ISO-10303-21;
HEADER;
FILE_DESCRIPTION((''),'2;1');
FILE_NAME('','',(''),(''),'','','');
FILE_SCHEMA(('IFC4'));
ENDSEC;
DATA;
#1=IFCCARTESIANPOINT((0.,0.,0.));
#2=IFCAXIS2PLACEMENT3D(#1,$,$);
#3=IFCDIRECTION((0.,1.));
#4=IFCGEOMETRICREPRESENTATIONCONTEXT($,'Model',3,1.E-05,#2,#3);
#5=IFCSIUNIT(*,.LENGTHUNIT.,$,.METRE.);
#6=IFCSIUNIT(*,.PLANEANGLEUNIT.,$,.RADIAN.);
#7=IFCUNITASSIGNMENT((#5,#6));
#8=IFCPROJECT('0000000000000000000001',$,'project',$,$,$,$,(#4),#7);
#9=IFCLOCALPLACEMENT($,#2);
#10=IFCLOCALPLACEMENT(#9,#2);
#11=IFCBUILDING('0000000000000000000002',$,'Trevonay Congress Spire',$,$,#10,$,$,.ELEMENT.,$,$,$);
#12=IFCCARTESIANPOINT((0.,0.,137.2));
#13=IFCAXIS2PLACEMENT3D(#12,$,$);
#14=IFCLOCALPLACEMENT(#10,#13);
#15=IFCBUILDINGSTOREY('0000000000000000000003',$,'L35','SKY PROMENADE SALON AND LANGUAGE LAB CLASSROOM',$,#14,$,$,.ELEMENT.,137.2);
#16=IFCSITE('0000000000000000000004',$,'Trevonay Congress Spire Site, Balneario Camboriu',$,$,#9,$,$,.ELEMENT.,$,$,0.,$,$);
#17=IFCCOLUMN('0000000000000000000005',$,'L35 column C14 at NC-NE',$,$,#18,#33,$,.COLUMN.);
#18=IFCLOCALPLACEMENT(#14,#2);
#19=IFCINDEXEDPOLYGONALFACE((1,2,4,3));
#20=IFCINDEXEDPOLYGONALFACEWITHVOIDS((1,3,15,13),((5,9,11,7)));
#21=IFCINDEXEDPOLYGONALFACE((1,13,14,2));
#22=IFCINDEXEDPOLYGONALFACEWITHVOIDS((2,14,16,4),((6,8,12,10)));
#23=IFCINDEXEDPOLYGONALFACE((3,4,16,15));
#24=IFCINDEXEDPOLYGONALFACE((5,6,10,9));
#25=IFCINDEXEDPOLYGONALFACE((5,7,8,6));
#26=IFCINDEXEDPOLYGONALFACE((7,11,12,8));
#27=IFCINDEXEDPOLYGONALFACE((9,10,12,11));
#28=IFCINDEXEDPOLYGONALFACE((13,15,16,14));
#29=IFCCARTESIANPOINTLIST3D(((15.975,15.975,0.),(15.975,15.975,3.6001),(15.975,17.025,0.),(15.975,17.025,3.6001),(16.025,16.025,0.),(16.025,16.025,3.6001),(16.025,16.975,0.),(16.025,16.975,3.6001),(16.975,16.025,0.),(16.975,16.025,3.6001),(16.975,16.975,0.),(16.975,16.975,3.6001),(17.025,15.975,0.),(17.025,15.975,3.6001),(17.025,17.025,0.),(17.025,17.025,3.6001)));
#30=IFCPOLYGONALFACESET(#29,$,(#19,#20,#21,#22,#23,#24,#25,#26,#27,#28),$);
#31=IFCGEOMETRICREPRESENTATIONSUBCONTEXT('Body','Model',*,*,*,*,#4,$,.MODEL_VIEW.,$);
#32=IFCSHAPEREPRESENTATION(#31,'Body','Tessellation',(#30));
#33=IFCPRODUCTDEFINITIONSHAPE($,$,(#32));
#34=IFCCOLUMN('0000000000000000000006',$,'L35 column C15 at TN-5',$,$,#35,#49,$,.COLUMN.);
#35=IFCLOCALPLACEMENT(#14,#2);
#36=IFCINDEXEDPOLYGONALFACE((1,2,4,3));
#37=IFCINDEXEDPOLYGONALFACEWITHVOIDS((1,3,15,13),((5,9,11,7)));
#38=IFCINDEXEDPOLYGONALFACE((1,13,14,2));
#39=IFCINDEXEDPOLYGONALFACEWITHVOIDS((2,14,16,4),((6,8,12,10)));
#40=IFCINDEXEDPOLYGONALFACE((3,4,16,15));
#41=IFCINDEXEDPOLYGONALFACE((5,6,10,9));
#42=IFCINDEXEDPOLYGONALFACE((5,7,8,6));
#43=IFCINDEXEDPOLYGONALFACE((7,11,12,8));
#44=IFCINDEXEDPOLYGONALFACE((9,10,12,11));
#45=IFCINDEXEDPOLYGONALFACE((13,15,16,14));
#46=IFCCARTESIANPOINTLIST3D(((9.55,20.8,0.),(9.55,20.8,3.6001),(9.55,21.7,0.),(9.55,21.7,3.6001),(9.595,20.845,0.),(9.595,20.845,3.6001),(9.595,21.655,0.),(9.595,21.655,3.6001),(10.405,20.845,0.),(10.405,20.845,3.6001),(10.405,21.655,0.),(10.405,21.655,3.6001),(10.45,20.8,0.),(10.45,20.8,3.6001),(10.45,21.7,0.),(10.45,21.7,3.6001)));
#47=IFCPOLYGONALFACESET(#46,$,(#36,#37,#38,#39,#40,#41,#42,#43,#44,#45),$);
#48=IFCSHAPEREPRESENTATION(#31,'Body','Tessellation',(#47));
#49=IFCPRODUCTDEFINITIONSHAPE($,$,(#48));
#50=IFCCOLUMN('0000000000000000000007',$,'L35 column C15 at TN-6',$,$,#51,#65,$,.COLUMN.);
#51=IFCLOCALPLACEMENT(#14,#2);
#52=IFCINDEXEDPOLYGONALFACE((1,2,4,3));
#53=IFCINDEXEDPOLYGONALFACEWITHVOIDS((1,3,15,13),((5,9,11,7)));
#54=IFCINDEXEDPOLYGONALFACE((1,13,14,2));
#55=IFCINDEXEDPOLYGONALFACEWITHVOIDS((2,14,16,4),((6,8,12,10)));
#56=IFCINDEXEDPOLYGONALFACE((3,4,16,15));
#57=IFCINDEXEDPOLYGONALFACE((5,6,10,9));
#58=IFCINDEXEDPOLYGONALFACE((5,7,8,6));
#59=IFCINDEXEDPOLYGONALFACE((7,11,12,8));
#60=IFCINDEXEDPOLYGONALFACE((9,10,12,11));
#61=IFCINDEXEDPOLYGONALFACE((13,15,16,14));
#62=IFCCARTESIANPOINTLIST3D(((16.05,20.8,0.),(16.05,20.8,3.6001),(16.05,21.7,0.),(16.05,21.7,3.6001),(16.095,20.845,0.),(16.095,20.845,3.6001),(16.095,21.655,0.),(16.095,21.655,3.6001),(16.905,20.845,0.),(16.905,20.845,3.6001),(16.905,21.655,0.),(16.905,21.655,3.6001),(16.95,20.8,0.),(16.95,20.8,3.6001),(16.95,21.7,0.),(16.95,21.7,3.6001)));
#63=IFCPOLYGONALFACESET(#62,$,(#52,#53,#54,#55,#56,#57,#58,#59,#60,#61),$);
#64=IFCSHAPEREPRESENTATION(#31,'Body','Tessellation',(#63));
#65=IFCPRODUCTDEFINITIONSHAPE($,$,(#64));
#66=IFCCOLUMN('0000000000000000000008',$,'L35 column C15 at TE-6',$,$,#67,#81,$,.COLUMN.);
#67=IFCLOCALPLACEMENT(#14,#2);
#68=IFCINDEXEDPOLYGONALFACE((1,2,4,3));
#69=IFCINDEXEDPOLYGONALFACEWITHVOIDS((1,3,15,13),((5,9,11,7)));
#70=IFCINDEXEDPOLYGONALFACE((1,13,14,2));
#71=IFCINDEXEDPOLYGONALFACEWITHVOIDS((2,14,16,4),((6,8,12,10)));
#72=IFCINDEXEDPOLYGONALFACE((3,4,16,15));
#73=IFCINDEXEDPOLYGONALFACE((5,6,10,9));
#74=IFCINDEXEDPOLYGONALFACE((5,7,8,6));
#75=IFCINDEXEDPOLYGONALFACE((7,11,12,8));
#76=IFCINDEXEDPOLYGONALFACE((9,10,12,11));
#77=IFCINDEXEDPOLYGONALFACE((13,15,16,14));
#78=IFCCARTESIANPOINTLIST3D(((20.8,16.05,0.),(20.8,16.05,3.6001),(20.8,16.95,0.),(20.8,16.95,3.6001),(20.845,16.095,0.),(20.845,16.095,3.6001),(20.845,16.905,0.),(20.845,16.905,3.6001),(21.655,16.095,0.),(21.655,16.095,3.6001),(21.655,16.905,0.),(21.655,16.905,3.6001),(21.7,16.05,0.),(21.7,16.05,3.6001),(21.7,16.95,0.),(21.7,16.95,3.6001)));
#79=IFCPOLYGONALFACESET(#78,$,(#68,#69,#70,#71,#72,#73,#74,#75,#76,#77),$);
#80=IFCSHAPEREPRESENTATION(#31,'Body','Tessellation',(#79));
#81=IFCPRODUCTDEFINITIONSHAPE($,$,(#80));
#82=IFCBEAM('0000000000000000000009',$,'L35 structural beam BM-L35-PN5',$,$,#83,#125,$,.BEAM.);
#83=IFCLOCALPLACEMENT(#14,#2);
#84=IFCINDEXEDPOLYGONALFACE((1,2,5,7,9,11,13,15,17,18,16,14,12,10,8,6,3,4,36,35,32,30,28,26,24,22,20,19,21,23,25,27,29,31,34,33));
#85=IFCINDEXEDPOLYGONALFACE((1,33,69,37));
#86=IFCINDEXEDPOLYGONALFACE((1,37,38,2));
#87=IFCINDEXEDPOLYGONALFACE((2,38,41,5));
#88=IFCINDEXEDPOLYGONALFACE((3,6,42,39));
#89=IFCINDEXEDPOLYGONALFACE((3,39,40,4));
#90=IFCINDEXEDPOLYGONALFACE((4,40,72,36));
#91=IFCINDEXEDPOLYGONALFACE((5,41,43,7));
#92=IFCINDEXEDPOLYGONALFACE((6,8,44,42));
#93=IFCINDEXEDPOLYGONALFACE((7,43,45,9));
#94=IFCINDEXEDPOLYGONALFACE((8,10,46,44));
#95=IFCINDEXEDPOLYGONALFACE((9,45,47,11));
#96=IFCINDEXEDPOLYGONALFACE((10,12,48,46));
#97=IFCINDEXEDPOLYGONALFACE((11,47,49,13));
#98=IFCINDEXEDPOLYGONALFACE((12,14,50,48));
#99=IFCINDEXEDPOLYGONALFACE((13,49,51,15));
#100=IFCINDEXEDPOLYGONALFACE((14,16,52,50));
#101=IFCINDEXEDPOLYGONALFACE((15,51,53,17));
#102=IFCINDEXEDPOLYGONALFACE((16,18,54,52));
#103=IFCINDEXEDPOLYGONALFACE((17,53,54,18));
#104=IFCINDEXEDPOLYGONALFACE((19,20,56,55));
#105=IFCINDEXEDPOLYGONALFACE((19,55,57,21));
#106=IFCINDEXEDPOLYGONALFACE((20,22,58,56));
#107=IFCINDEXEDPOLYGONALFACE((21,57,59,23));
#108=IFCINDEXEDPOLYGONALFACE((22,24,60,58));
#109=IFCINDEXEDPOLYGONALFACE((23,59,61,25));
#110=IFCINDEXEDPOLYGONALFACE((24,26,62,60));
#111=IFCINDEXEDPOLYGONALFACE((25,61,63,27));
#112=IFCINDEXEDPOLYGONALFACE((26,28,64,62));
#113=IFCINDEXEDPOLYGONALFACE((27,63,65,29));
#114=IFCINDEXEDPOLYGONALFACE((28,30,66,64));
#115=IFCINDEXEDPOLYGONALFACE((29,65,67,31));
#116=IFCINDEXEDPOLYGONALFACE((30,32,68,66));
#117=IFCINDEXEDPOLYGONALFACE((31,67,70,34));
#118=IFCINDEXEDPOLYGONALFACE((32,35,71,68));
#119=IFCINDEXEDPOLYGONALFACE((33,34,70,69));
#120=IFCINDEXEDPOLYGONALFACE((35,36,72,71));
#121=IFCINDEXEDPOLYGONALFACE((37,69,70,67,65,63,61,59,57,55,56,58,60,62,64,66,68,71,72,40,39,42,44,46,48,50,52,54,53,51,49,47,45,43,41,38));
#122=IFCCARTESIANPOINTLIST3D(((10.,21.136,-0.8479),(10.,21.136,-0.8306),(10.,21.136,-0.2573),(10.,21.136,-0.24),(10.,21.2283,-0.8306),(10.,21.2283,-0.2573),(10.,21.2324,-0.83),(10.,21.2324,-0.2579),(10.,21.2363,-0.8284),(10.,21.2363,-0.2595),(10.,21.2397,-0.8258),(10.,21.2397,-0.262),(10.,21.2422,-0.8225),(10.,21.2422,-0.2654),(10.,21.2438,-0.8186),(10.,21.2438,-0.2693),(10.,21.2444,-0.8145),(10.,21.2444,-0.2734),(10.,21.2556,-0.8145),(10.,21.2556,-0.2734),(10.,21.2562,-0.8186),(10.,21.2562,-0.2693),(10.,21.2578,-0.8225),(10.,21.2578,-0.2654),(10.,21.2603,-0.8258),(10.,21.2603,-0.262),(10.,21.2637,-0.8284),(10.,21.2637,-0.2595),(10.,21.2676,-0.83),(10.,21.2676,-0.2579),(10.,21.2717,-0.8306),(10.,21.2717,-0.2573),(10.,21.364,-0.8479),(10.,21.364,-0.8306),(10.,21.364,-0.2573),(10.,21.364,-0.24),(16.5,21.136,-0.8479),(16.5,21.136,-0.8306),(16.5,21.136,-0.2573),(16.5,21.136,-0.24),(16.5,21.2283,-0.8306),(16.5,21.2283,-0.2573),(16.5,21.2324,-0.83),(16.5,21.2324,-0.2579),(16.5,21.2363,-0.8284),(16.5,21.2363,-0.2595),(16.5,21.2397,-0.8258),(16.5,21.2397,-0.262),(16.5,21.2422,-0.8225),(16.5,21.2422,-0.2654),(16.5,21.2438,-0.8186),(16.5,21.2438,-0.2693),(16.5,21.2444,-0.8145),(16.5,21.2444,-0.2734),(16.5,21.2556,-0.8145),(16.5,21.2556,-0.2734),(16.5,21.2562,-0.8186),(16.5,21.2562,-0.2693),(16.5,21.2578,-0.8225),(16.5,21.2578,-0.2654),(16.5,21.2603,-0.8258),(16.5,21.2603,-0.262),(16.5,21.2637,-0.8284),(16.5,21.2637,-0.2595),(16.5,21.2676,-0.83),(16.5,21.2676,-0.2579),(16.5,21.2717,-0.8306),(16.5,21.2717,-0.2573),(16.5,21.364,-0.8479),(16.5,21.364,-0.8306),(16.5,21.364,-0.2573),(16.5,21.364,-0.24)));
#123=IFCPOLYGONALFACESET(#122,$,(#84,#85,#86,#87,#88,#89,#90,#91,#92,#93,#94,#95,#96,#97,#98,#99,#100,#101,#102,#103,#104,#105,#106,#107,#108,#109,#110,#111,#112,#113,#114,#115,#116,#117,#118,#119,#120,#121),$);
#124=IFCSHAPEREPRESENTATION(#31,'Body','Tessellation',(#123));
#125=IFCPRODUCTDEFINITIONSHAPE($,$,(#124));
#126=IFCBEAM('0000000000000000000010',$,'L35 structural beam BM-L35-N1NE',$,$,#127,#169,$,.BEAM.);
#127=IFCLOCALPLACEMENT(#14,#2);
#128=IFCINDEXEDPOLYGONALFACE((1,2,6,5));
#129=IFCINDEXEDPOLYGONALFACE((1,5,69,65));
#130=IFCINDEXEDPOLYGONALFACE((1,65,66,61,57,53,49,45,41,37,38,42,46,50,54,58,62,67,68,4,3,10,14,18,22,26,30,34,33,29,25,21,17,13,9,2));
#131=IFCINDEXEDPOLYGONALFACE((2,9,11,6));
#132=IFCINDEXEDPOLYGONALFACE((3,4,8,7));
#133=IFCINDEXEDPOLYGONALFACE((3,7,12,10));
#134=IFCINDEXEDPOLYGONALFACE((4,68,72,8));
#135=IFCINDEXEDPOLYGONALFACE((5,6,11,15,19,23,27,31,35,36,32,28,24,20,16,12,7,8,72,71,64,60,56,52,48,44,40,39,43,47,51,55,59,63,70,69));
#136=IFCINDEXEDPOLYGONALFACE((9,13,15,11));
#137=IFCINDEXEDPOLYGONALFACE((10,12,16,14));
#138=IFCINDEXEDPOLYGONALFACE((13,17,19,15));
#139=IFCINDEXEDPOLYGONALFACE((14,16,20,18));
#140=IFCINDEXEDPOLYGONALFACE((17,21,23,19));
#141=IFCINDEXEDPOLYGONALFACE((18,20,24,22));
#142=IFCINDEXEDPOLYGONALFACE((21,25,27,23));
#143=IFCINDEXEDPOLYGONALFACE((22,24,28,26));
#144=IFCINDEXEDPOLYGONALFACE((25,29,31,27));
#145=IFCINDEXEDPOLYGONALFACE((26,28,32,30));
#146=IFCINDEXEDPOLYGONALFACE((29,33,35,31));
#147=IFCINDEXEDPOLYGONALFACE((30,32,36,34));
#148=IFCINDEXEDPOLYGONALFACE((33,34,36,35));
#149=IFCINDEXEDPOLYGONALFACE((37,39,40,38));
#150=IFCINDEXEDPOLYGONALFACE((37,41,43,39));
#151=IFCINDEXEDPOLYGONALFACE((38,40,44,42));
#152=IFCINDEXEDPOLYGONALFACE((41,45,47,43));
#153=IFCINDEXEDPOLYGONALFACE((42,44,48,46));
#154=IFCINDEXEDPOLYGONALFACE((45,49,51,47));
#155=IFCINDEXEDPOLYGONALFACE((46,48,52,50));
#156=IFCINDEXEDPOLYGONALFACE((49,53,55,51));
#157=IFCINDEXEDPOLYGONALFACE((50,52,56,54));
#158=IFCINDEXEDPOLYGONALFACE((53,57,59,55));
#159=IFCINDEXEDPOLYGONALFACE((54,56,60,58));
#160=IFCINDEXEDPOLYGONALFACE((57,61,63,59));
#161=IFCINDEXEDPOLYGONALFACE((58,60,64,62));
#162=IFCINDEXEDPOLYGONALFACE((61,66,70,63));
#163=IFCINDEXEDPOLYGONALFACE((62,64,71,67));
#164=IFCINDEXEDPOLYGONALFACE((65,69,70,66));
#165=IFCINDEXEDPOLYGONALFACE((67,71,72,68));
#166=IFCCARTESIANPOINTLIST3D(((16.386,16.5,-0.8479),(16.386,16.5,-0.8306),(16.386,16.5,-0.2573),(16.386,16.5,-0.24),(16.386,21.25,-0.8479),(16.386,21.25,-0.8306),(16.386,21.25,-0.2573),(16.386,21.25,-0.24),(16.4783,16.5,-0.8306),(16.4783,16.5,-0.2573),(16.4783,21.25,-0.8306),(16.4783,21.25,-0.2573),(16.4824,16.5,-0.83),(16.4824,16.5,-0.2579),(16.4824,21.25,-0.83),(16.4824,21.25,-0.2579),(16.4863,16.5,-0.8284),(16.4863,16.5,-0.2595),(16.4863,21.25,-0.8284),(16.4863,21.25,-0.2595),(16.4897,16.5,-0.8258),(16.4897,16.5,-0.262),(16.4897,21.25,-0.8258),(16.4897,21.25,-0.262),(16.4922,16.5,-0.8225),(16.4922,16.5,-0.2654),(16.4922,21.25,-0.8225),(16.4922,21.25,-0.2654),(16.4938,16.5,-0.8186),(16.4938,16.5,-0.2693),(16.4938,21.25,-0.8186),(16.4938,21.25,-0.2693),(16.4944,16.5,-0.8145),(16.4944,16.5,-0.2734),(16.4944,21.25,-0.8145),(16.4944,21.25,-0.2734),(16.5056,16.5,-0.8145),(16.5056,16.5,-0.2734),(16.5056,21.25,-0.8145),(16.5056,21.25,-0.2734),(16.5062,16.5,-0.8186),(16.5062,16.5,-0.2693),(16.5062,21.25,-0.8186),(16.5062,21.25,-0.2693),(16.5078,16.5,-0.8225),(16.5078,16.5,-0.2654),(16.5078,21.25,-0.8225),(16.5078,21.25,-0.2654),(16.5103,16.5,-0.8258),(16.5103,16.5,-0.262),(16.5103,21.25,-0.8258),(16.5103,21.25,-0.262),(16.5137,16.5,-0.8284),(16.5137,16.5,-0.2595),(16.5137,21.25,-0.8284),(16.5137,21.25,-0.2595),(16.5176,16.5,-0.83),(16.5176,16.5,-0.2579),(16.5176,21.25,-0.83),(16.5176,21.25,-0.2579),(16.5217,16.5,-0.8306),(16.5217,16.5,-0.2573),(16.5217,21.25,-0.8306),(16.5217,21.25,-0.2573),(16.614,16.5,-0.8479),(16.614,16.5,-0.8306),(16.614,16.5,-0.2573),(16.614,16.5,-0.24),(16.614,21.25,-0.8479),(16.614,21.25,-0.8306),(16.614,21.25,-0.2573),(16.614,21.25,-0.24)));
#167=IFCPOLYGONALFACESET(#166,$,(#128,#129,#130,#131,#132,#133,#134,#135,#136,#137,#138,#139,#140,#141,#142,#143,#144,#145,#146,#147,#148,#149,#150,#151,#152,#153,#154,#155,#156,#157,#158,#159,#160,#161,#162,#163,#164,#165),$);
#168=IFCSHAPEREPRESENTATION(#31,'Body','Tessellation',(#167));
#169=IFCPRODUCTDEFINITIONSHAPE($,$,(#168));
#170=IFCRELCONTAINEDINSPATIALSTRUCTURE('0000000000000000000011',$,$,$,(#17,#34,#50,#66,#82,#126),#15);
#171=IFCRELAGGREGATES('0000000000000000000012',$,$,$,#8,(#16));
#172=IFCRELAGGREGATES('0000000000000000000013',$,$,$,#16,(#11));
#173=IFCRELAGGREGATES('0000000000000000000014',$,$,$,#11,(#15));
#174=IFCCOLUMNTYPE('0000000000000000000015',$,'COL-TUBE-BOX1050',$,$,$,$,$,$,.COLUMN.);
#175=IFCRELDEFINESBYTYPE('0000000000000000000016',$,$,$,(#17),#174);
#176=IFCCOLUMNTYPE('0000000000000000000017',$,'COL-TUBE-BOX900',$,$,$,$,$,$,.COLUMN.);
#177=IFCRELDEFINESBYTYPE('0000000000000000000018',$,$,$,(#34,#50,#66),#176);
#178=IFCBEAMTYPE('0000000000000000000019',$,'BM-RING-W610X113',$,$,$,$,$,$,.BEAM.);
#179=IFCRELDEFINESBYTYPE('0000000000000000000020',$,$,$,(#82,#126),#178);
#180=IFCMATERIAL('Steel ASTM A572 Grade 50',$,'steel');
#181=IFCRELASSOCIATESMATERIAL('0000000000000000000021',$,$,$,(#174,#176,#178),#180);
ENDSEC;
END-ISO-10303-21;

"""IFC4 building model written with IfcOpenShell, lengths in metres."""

from ifc_helpers import new_model, si_unit, direction, frame, origin, origin_2d, place, context, subcontext, project, spatial, hollow_rectangle, i_section, extrude, material, material_profile, profile_set, type_object, element, save


model = new_model("IFC4")

# Units and contexts
model_context = context("Model", 3, precision=1e-05, world=origin(), true_north=direction((0.0, 1.0)))
body_context = subcontext(model_context, "Body", "Model", "MODEL_VIEW")
ifc_project = project(units=[si_unit("LENGTHUNIT", "METRE"), si_unit("PLANEANGLEUNIT", "RADIAN")], contexts=[model_context])

# Site, building, storey
site_placement = place(None, origin())
site = spatial("IfcSite", under=ifc_project, at=site_placement, Name="Trevonay Congress Spire Site, Balneario Camboriu", CompositionType="ELEMENT", RefElevation=0.0)
building_placement = place(site_placement, origin())
building = spatial("IfcBuilding", under=site, at=building_placement, Name="Trevonay Congress Spire", CompositionType="ELEMENT")
storey_placement = place(building_placement, frame((0.0, 0.0, 137.2)))
storey = spatial("IfcBuildingStorey", under=building, at=storey_placement, Name="L35", Description="SKY PROMENADE SALON AND LANGUAGE LAB CLASSROOM", CompositionType="ELEMENT", Elevation=137.2)

# Columns
ifc_material_1 = material(Name="Steel ASTM A572 Grade 50", Category="steel")
ifc_material_profile_1 = material_profile(ifc_material_1, hollow_rectangle(XDim=1.05, YDim=1.05, WallThickness=0.05, at=origin_2d()), Name="BOX 1050x1050x50")
ifc_profile_set_1 = profile_set([ifc_material_profile_1], Name="Steel ASTM A572 Grade 50")
column_type_1 = type_object("IfcColumnType", Name="COL-TUBE-BOX1050", PredefinedType="COLUMN", material=ifc_profile_set_1)
column_placement = place(storey_placement, frame((16.5, 16.5, 0.0), z_axis=(0.0, 0.0, 1.0), x_axis=(1.0, 0.0, 0.0)))
element("IfcColumn", 1, at=column_placement, inside=storey, type_object=column_type_1, Name="L35 column C14 at NC-NE", PredefinedType="COLUMN", context=body_context, shape_type="SweptSolid", body=[
    extrude(hollow_rectangle(XDim=1.05, YDim=1.05, WallThickness=0.05, at=origin_2d()), origin(), (0.0, 0.0, 1.0), 3.6001),
])
ifc_material_profile_2 = material_profile(ifc_material_1, hollow_rectangle(XDim=0.8999, YDim=0.8999, WallThickness=0.0449, at=origin_2d()), Name="BOX 900x900x45")
ifc_profile_set_2 = profile_set([ifc_material_profile_2], Name="Steel ASTM A572 Grade 50")
column_type_2 = type_object("IfcColumnType", Name="COL-TUBE-BOX900", PredefinedType="COLUMN", material=ifc_profile_set_2)
for number, where, z_axis, x_axis, name in (
    (2, (10.0, 21.25, 0.0), (0.0, 0.0, 1.0), (1.0, 0.0, 0.0), "L35 column C15 at TN-5"),
    (3, (16.5, 21.25, 0.0), (0.0, 0.0, 1.0), (1.0, 0.0, 0.0), "L35 column C15 at TN-6"),
    (4, (21.25, 16.5, 0.0), (0.0, 0.0, 1.0), (1.0, 0.0, 0.0), "L35 column C15 at TE-6"),
):
    element("IfcColumn", number, at=place(storey_placement, frame(where, z_axis=z_axis, x_axis=x_axis)), inside=storey, type_object=column_type_2, Name=name, PredefinedType="COLUMN", context=body_context, shape_type="SweptSolid", body=[
        extrude(hollow_rectangle(XDim=0.8999, YDim=0.8999, WallThickness=0.0449, at=origin_2d()), origin(), (0.0, 0.0, 1.0), 3.6001),
    ])

# Beams
ifc_material_profile_3 = material_profile(ifc_material_1, i_section(OverallWidth=0.228, OverallDepth=0.6079, WebThickness=0.0112, FlangeThickness=0.0173, FilletRadius=0.0161, at=origin_2d()), Name="W610x113")
ifc_profile_set_3 = profile_set([ifc_material_profile_3], Name="Steel ASTM A572 Grade 50")
beam_type = type_object("IfcBeamType", Name="BM-RING-W610X113", PredefinedType="BEAM", material=ifc_profile_set_3)
beam_placement = place(storey_placement, frame((10.0, 21.25, -0.5439), z_axis=(1.0, 0.0, 0.0), x_axis=(0.0, 1.0, 0.0)))
element("IfcBeam", 5, at=beam_placement, inside=storey, type_object=beam_type, Name="L35 structural beam BM-L35-PN5", PredefinedType="BEAM", context=body_context, shape_type="SweptSolid", body=[
    extrude(i_section(OverallWidth=0.228, OverallDepth=0.6079, WebThickness=0.0112, FlangeThickness=0.0173, FilletRadius=0.0161, at=origin_2d()), origin(), (0.0, 0.0, 1.0), 6.5),
])
for number, where, z_axis, x_axis, name in (
    (6, (16.5, 21.25, -0.5439), (0.0, -1.0, 0.0), (1.0, 0.0, 0.0), "L35 structural beam BM-L35-N1NE"),
):
    element("IfcBeam", number, at=place(storey_placement, frame(where, z_axis=z_axis, x_axis=x_axis)), inside=storey, type_object=beam_type, Name=name, PredefinedType="BEAM", context=body_context, shape_type="SweptSolid", body=[
        extrude(i_section(OverallWidth=0.228, OverallDepth=0.6079, WebThickness=0.0112, FlangeThickness=0.0173, FilletRadius=0.0161, at=origin_2d()), origin(), (0.0, 0.0, 1.0), 4.75),
    ])

save(model, "model.ifc")
